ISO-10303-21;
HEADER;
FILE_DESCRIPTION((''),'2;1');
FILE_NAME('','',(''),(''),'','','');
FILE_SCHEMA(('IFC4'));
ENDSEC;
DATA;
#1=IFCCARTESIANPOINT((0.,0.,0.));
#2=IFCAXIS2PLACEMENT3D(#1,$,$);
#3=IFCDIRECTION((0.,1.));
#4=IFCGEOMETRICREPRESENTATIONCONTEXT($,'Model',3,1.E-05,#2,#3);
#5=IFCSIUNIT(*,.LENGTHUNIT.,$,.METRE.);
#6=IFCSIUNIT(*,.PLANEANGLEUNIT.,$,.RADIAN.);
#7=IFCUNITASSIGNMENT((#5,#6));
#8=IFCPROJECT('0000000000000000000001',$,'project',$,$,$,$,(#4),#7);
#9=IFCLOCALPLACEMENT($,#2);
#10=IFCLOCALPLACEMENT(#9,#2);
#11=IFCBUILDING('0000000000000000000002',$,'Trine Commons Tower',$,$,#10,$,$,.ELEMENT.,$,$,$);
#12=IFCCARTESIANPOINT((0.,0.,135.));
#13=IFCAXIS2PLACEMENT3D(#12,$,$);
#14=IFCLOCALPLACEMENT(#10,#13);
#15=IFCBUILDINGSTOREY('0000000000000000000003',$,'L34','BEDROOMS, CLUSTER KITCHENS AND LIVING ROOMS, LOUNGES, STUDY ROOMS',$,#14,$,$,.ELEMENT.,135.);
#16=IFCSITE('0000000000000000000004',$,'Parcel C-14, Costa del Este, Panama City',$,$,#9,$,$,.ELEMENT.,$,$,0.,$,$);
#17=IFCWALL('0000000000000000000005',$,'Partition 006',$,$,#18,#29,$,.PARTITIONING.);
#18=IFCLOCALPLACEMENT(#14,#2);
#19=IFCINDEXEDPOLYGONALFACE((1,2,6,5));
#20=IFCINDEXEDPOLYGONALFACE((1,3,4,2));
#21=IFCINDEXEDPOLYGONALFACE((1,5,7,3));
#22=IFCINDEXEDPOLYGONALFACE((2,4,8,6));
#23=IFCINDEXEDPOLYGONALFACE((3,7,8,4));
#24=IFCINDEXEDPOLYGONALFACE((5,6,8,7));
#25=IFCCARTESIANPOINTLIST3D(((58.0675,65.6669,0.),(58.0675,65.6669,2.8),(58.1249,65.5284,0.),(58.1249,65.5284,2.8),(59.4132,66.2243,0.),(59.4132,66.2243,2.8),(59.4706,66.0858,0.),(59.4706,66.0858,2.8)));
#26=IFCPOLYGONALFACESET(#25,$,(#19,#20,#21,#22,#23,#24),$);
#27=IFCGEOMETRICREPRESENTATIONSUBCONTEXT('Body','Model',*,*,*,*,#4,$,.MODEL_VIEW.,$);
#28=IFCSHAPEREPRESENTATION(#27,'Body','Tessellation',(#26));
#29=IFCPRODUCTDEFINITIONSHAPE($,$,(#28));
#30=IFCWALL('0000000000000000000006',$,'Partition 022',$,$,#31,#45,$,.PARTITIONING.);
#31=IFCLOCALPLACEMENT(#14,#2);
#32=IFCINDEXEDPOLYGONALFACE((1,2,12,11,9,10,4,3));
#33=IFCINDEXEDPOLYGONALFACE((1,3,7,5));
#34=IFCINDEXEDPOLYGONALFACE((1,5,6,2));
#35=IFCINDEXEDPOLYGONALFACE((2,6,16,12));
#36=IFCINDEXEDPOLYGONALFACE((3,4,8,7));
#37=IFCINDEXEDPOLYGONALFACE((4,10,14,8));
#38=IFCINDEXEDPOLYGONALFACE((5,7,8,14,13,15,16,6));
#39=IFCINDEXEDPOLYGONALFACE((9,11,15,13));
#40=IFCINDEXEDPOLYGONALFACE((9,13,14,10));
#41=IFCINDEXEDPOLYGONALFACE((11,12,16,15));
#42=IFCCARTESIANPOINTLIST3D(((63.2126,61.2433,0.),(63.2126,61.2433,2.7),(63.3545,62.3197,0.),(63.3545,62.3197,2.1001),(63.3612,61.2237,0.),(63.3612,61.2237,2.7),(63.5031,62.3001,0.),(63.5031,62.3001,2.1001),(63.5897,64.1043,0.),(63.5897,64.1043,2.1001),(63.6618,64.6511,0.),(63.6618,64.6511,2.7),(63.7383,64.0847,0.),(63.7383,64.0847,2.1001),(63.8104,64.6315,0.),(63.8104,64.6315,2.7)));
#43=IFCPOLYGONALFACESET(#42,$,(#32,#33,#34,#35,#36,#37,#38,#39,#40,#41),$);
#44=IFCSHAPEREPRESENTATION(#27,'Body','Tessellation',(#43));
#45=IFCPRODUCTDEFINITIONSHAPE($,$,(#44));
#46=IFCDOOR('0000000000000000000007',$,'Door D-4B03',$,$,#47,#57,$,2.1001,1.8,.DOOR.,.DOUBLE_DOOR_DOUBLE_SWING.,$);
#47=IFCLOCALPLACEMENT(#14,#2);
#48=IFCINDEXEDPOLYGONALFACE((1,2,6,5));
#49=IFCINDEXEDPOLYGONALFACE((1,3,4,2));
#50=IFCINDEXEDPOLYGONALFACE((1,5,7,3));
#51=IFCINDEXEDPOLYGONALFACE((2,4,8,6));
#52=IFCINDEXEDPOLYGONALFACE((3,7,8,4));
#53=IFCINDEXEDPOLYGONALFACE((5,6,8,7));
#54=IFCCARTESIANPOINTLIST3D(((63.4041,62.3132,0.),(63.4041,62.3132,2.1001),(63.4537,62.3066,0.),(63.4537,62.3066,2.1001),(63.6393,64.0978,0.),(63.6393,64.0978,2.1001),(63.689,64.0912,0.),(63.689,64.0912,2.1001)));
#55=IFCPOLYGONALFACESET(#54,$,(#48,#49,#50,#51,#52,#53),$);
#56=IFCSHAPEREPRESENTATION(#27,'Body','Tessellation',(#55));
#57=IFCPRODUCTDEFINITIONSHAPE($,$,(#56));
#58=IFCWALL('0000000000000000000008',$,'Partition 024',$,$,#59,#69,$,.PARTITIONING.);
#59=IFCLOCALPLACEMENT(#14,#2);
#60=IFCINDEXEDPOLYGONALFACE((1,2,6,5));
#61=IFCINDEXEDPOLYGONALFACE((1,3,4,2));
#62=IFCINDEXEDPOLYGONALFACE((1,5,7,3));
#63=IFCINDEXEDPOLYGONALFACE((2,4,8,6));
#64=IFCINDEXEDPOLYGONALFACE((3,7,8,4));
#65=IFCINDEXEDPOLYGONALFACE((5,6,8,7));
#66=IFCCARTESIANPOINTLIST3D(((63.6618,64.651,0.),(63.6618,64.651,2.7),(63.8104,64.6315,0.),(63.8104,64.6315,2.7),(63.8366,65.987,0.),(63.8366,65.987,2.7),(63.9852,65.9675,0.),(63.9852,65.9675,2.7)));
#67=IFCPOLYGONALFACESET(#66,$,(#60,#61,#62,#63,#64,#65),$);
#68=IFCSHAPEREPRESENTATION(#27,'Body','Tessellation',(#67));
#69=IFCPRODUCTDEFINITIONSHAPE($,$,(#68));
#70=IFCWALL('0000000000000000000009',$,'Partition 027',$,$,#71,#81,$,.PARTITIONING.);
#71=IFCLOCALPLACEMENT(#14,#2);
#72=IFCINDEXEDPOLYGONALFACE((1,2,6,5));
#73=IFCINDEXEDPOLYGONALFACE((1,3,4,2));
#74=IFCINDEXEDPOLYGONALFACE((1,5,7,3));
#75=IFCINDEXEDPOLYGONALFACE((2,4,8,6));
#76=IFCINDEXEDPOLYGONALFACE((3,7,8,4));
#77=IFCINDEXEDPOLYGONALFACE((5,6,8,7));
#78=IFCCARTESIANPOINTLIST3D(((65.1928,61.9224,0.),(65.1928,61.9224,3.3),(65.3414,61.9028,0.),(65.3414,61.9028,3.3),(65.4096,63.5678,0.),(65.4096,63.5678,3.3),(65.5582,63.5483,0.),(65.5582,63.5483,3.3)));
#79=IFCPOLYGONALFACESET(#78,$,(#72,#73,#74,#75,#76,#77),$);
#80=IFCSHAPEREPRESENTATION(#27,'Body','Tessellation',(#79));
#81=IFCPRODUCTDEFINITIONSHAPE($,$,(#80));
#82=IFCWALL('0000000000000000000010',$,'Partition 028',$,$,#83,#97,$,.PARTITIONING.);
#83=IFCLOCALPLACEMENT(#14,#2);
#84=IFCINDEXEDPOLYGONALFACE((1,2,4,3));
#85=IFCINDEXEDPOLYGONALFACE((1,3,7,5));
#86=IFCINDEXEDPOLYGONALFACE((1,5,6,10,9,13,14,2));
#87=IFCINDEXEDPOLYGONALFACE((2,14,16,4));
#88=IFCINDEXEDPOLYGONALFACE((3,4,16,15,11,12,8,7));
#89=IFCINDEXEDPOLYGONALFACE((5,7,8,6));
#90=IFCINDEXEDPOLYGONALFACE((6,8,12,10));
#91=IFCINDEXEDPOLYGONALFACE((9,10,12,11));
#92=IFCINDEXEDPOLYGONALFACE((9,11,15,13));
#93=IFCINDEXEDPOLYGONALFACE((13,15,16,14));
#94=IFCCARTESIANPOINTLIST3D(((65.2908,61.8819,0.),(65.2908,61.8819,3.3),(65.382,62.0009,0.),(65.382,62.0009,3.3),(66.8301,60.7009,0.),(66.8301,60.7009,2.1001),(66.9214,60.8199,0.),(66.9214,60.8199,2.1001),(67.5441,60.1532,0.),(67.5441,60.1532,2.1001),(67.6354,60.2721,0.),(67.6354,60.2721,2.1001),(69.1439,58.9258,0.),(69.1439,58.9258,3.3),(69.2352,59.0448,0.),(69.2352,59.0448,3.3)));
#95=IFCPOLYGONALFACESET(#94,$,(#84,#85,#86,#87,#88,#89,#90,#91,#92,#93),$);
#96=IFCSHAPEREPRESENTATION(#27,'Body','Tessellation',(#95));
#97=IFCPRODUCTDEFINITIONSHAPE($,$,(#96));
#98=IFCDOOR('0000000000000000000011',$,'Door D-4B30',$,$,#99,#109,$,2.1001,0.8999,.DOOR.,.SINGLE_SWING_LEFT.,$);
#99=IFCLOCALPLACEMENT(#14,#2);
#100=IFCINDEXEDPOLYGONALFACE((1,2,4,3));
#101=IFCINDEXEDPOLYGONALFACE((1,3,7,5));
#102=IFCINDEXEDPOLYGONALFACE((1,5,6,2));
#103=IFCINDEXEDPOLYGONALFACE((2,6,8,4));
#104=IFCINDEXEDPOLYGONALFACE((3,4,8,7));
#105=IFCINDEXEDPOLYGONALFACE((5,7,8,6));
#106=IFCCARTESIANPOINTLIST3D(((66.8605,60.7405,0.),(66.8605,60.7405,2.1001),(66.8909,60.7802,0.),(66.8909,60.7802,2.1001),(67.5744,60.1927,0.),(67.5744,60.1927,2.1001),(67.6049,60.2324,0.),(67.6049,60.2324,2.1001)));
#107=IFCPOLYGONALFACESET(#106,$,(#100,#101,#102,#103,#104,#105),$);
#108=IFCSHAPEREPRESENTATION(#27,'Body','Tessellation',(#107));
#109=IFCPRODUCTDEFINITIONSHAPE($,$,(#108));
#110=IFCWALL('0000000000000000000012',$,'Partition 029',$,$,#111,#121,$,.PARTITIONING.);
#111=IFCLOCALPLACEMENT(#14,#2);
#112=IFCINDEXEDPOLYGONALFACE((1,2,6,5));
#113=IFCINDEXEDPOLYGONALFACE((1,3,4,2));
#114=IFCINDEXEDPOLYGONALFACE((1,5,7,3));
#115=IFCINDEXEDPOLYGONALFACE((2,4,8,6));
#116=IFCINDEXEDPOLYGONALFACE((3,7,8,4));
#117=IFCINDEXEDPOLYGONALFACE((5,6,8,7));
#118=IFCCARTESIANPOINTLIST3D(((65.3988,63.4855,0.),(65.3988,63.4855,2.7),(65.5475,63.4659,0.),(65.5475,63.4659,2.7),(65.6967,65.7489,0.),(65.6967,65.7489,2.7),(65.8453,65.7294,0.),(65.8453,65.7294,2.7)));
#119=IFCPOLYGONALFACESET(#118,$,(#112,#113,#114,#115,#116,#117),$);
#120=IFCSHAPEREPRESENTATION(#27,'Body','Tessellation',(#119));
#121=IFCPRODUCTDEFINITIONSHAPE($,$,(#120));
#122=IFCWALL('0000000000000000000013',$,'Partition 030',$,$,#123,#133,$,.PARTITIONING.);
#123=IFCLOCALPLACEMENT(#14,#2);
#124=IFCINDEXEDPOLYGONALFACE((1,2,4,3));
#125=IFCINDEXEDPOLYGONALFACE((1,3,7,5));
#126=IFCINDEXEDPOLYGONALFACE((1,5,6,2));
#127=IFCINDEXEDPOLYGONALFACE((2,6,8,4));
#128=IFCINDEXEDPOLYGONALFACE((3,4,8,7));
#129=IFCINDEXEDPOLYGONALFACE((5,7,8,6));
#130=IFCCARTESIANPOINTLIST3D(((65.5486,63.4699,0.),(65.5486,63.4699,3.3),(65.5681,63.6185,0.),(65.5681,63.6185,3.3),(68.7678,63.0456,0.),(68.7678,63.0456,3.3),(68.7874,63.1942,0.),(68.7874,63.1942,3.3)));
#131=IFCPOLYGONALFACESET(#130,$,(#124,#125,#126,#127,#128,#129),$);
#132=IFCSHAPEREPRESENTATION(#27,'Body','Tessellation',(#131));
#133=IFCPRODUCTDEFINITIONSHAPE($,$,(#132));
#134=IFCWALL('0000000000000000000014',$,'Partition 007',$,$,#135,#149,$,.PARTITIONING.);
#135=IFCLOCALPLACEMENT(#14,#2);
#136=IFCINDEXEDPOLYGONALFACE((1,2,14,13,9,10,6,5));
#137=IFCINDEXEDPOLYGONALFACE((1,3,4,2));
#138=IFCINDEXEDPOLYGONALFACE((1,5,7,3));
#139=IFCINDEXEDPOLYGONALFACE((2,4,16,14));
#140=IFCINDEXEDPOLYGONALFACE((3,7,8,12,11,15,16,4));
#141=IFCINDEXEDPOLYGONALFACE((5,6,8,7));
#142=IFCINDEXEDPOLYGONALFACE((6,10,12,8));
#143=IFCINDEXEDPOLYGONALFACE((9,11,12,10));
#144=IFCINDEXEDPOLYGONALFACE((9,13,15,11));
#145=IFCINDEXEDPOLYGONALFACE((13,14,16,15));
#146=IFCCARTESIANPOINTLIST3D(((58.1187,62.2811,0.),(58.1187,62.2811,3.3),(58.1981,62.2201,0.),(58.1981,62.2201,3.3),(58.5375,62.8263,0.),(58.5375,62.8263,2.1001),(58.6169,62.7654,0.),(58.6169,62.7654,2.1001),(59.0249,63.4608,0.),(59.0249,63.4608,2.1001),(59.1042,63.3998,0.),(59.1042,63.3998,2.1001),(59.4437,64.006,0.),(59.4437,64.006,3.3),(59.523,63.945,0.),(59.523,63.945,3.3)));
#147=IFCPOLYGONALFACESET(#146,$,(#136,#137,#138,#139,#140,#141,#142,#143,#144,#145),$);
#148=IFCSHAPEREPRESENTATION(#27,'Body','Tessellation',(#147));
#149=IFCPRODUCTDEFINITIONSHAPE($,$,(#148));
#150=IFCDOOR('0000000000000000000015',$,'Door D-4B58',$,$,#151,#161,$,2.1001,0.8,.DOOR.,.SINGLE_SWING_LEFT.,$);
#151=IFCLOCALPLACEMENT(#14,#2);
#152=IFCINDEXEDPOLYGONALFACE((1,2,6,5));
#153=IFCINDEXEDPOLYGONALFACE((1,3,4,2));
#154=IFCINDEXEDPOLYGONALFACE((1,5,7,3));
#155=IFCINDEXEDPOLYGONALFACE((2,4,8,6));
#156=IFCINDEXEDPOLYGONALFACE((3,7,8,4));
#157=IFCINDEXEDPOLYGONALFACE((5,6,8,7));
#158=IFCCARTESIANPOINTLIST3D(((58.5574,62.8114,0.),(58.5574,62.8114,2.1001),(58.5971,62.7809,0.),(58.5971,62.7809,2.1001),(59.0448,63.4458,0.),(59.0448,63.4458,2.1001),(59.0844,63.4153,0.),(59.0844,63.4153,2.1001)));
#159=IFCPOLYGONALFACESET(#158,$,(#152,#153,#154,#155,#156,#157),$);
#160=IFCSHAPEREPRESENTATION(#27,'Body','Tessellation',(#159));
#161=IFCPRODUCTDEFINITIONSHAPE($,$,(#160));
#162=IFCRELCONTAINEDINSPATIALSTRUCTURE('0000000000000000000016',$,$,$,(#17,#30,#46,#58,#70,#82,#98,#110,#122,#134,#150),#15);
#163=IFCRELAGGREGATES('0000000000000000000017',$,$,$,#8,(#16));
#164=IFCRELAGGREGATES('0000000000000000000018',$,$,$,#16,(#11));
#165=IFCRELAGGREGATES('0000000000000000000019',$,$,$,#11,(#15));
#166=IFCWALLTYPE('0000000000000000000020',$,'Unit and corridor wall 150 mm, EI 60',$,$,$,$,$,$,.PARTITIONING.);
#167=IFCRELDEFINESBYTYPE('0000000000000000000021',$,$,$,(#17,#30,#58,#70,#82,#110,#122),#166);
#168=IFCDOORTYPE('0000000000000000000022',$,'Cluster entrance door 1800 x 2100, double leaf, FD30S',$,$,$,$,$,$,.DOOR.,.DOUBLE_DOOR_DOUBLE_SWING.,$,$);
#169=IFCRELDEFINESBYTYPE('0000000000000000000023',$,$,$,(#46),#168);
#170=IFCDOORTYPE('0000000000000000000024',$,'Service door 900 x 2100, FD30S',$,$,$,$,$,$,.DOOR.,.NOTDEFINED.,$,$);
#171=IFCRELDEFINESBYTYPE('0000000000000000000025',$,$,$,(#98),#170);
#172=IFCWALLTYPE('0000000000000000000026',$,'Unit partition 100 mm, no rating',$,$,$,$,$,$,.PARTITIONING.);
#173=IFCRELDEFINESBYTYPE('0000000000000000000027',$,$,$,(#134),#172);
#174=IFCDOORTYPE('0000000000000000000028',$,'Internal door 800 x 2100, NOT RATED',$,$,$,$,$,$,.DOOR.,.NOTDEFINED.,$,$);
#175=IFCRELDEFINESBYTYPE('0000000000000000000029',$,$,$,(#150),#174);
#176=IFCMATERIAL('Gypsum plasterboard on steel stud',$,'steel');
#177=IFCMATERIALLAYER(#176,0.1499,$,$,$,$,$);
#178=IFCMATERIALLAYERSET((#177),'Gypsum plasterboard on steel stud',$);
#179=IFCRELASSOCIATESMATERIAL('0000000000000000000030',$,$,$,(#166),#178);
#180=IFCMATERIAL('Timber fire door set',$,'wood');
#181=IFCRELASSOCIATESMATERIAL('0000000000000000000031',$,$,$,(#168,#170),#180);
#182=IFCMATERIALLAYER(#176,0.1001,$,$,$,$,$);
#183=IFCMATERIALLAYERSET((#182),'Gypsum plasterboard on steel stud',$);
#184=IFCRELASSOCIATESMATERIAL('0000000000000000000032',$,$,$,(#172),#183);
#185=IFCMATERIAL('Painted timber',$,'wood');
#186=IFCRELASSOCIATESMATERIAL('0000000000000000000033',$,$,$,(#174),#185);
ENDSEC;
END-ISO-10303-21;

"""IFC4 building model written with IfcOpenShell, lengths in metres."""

from ifc_helpers import new_model, si_unit, direction, frame, frame_2d, origin, place, context, subcontext, project, spatial, rectangle, extrude, material, layer, layer_set, type_object, element, fill, save


model = new_model("IFC4")

# Units and contexts
model_context = context("Model", 3, precision=1e-05, world=origin(), true_north=direction((0.0, 1.0)))
body_context = subcontext(model_context, "Body", "Model", "MODEL_VIEW")
ifc_project = project(units=[si_unit("LENGTHUNIT", "METRE"), si_unit("PLANEANGLEUNIT", "RADIAN")], contexts=[model_context])

# Site, building, storey
site_placement = place(None, origin())
site = spatial("IfcSite", under=ifc_project, at=site_placement, Name="Parcel C-14, Costa del Este, Panama City", CompositionType="ELEMENT", RefElevation=0.0)
building_placement = place(site_placement, origin())
building = spatial("IfcBuilding", under=site, at=building_placement, Name="Trine Commons Tower", CompositionType="ELEMENT")
storey_placement = place(building_placement, frame((0.0, 0.0, 135.0)))
storey = spatial("IfcBuildingStorey", under=building, at=storey_placement, Name="L34", Description="BEDROOMS, CLUSTER KITCHENS AND LIVING ROOMS, LOUNGES, STUDY ROOMS", CompositionType="ELEMENT", Elevation=135.0)

# Shared definitions
ifc_material_1 = material(Name="Gypsum plasterboard on steel stud", Category="steel")
ifc_layer_1 = layer(ifc_material_1, 0.1499)
ifc_layer_set_1 = layer_set([ifc_layer_1], Name="Gypsum plasterboard on steel stud")
wall_type_1 = type_object("IfcWallType", Name="Unit and corridor wall 150 mm, EI 60", PredefinedType="PARTITIONING", material=ifc_layer_set_1)
ifc_material_2 = material(Name="Timber fire door set", Category="wood")

# Wall
wall_1_placement = place(storey_placement, frame((58.0962, 65.5977, 0.0), z_axis=(0.0, 0.0, 1.0), x_axis=(0.923888, 0.382663, 0.0)))
element("IfcWall", 1, at=wall_1_placement, inside=storey, type_object=wall_type_1, Name="Partition 006", PredefinedType="PARTITIONING", context=body_context, shape_type="SweptSolid", body=[
    extrude(rectangle(XDim=1.4565, YDim=0.1499, at=frame_2d((0.7283, 0.0))), origin(), (0.0, 0.0, 1.0), 2.8),
])

# Wall, opening, door
wall_2_placement = place(storey_placement, frame((63.2869, 61.2334, 0.0), z_axis=(0.0, 0.0, 1.0), x_axis=(0.130693, 0.991423, 0.0)))
wall_2 = element("IfcWall", 2, at=wall_2_placement, inside=storey, type_object=wall_type_1, Name="Partition 022", PredefinedType="PARTITIONING", context=body_context, shape_type="SweptSolid", body=[
    extrude(rectangle(XDim=3.4373, YDim=0.1499, at=frame_2d((1.7188, 0.0))), origin(), (0.0, 0.0, 1.0), 2.7),
])
opening_1_placement = place(wall_2_placement, frame((1.0859, 0.0, 0.0)))
opening_1 = element("IfcOpeningElement", 3, at=opening_1_placement, cuts=wall_2, PredefinedType="OPENING", context=body_context, shape_type="SweptSolid", body=[
    extrude(rectangle(XDim=1.8, YDim=2.1001, at=frame_2d((0.8999, 1.05))), frame((0.0, 0.085, 0.0), z_axis=(0.0, -1.0, 0.0), x_axis=(1.0, 0.0, 0.0)), (0.0, 0.0, 1.0), 0.1699),
])
door_type_1 = type_object("IfcDoorType", Name="Cluster entrance door 1800 x 2100, double leaf, FD30S", OperationType="DOUBLE_DOOR_DOUBLE_SWING", PredefinedType="DOOR", material=ifc_material_2)
door_1_placement = place(opening_1_placement, origin())
door_1 = element("IfcDoor", 4, at=door_1_placement, inside=storey, type_object=door_type_1, Name="Door D-4B03", OperationType="DOUBLE_DOOR_DOUBLE_SWING", OverallHeight=2.1001, OverallWidth=1.8, PredefinedType="DOOR", context=body_context, shape_type="SweptSolid", body=[
    extrude(rectangle(XDim=1.8, YDim=2.1001, at=frame_2d((0.8999, 1.05))), frame((0.0, 0.0249, 0.0), z_axis=(0.0, -1.0, 0.0), x_axis=(1.0, 0.0, 0.0)), (0.0, 0.0, 1.0), 0.05),
])
fill(opening_1, door_1)

# Walls
wall_3_placement = place(storey_placement, frame((63.7361, 64.6411, 0.0), z_axis=(0.0, 0.0, 1.0), x_axis=(0.129742, 0.991548, 0.0)))
element("IfcWall", 5, at=wall_3_placement, inside=storey, type_object=wall_type_1, Name="Partition 024", PredefinedType="PARTITIONING", context=body_context, shape_type="SweptSolid", body=[
    extrude(rectangle(XDim=1.3474, YDim=0.1499, at=frame_2d((0.6738, 0.0))), origin(), (0.0, 0.0, 1.0), 2.7),
])
wall_4_placement = place(storey_placement, frame((65.2671, 61.9126, 0.0), z_axis=(0.0, 0.0, 1.0), x_axis=(0.130622, 0.991432, 0.0)))
element("IfcWall", 6, at=wall_4_placement, inside=storey, type_object=wall_type_1, Name="Partition 027", PredefinedType="PARTITIONING", context=body_context, shape_type="SweptSolid", body=[
    extrude(rectangle(XDim=1.6597, YDim=0.1499, at=frame_2d((0.8298, 0.0))), origin(), (0.0, 0.0, 1.0), 3.3),
])

# Wall, opening, door
wall_5_placement = place(storey_placement, frame((65.3364, 61.9414, 0.0), z_axis=(0.0, 0.0, 1.0), x_axis=(0.793401, -0.6087, 0.0)))
wall_5 = element("IfcWall", 7, at=wall_5_placement, inside=storey, type_object=wall_type_1, Name="Partition 028", PredefinedType="PARTITIONING", context=body_context, shape_type="SweptSolid", body=[
    extrude(rectangle(XDim=4.8564, YDim=0.1499, at=frame_2d((2.4282, 0.0))), origin(), (0.0, 0.0, 1.0), 3.3),
])
opening_2_placement = place(wall_5_placement, frame((1.9402, 0.0, 0.0)))
opening_2 = element("IfcOpeningElement", 8, at=opening_2_placement, cuts=wall_5, PredefinedType="OPENING", context=body_context, shape_type="SweptSolid", body=[
    extrude(rectangle(XDim=0.8999, YDim=2.1001, at=frame_2d((0.45, 1.05))), frame((0.0, 0.085, 0.0), z_axis=(0.0, -1.0, 0.0), x_axis=(1.0, 0.0, 0.0)), (0.0, 0.0, 1.0), 0.1699),
])
door_type_2 = type_object("IfcDoorType", Name="Service door 900 x 2100, FD30S", OperationType="NOTDEFINED", PredefinedType="DOOR", material=ifc_material_2)
door_2_placement = place(opening_2_placement, origin())
door_2 = element("IfcDoor", 9, at=door_2_placement, inside=storey, type_object=door_type_2, Name="Door D-4B30", OperationType="SINGLE_SWING_LEFT", OverallHeight=2.1001, OverallWidth=0.8999, PredefinedType="DOOR", context=body_context, shape_type="SweptSolid", body=[
    extrude(rectangle(XDim=0.8999, YDim=2.1001, at=frame_2d((0.45, 1.05))), frame((0.0, 0.0249, 0.0), z_axis=(0.0, -1.0, 0.0), x_axis=(1.0, 0.0, 0.0)), (0.0, 0.0, 1.0), 0.05),
])
fill(opening_2, door_2)

# Walls
wall_6_placement = place(storey_placement, frame((65.4731, 63.4756, 0.0), z_axis=(0.0, 0.0, 1.0), x_axis=(0.130468, 0.991452, 0.0)))
element("IfcWall", 10, at=wall_6_placement, inside=storey, type_object=wall_type_1, Name="Partition 029", PredefinedType="PARTITIONING", context=body_context, shape_type="SweptSolid", body=[
    extrude(rectangle(XDim=2.283, YDim=0.1499, at=frame_2d((1.1416, 0.0))), origin(), (0.0, 0.0, 1.0), 2.7),
])
wall_7_placement = place(storey_placement, frame((65.5583, 63.5442, 0.0), z_axis=(0.0, 0.0, 1.0), x_axis=(0.991425, -0.130676, 0.0)))
element("IfcWall", 11, at=wall_7_placement, inside=storey, type_object=wall_type_1, Name="Partition 030", PredefinedType="PARTITIONING", context=body_context, shape_type="SweptSolid", body=[
    extrude(rectangle(XDim=3.2471, YDim=0.1499, at=frame_2d((1.6235, 0.0))), origin(), (0.0, 0.0, 1.0), 3.3),
])

# Wall, opening, door
ifc_layer_2 = layer(ifc_material_1, 0.1001)
ifc_layer_set_2 = layer_set([ifc_layer_2], Name="Gypsum plasterboard on steel stud")
wall_type_2 = type_object("IfcWallType", Name="Unit partition 100 mm, no rating", PredefinedType="PARTITIONING", material=ifc_layer_set_2)
wall_8_placement = place(storey_placement, frame((58.1584, 62.2507, 0.0), z_axis=(0.0, 0.0, 1.0), x_axis=(0.609174, 0.793037, 0.0)))
wall_8 = element("IfcWall", 12, at=wall_8_placement, inside=storey, type_object=wall_type_2, Name="Partition 007", PredefinedType="PARTITIONING", context=body_context, shape_type="SweptSolid", body=[
    extrude(rectangle(XDim=2.175, YDim=0.1001, at=frame_2d((1.0874, 0.0))), origin(), (0.0, 0.0, 1.0), 3.3),
])
opening_3_placement = place(wall_8_placement, frame((0.6875, 0.0, 0.0)))
opening_3 = element("IfcOpeningElement", 13, at=opening_3_placement, cuts=wall_8, PredefinedType="OPENING", context=body_context, shape_type="SweptSolid", body=[
    extrude(rectangle(XDim=0.8, YDim=2.1001, at=frame_2d((0.3999, 1.05))), frame((0.0, 0.0601, 0.0), z_axis=(0.0, -1.0, 0.0), x_axis=(1.0, 0.0, 0.0)), (0.0, 0.0, 1.0), 0.1201),
])
ifc_material_3 = material(Name="Painted timber", Category="wood")
door_type_3 = type_object("IfcDoorType", Name="Internal door 800 x 2100, NOT RATED", OperationType="NOTDEFINED", PredefinedType="DOOR", material=ifc_material_3)
door_3_placement = place(opening_3_placement, frame((0.8, 0.0, 0.0), z_axis=(0.0, 0.0, 1.0), x_axis=(-1.0, 0.0, 0.0)))
door_3 = element("IfcDoor", 14, at=door_3_placement, inside=storey, type_object=door_type_3, Name="Door D-4B58", OperationType="SINGLE_SWING_LEFT", OverallHeight=2.1001, OverallWidth=0.8, PredefinedType="DOOR", context=body_context, shape_type="SweptSolid", body=[
    extrude(rectangle(XDim=0.8, YDim=2.1001, at=frame_2d((0.3999, 1.05))), frame((0.0, 0.0249, 0.0), z_axis=(0.0, -1.0, 0.0), x_axis=(1.0, 0.0, 0.0)), (0.0, 0.0, 1.0), 0.05),
])
fill(opening_3, door_3)

save(model, "model.ifc")
